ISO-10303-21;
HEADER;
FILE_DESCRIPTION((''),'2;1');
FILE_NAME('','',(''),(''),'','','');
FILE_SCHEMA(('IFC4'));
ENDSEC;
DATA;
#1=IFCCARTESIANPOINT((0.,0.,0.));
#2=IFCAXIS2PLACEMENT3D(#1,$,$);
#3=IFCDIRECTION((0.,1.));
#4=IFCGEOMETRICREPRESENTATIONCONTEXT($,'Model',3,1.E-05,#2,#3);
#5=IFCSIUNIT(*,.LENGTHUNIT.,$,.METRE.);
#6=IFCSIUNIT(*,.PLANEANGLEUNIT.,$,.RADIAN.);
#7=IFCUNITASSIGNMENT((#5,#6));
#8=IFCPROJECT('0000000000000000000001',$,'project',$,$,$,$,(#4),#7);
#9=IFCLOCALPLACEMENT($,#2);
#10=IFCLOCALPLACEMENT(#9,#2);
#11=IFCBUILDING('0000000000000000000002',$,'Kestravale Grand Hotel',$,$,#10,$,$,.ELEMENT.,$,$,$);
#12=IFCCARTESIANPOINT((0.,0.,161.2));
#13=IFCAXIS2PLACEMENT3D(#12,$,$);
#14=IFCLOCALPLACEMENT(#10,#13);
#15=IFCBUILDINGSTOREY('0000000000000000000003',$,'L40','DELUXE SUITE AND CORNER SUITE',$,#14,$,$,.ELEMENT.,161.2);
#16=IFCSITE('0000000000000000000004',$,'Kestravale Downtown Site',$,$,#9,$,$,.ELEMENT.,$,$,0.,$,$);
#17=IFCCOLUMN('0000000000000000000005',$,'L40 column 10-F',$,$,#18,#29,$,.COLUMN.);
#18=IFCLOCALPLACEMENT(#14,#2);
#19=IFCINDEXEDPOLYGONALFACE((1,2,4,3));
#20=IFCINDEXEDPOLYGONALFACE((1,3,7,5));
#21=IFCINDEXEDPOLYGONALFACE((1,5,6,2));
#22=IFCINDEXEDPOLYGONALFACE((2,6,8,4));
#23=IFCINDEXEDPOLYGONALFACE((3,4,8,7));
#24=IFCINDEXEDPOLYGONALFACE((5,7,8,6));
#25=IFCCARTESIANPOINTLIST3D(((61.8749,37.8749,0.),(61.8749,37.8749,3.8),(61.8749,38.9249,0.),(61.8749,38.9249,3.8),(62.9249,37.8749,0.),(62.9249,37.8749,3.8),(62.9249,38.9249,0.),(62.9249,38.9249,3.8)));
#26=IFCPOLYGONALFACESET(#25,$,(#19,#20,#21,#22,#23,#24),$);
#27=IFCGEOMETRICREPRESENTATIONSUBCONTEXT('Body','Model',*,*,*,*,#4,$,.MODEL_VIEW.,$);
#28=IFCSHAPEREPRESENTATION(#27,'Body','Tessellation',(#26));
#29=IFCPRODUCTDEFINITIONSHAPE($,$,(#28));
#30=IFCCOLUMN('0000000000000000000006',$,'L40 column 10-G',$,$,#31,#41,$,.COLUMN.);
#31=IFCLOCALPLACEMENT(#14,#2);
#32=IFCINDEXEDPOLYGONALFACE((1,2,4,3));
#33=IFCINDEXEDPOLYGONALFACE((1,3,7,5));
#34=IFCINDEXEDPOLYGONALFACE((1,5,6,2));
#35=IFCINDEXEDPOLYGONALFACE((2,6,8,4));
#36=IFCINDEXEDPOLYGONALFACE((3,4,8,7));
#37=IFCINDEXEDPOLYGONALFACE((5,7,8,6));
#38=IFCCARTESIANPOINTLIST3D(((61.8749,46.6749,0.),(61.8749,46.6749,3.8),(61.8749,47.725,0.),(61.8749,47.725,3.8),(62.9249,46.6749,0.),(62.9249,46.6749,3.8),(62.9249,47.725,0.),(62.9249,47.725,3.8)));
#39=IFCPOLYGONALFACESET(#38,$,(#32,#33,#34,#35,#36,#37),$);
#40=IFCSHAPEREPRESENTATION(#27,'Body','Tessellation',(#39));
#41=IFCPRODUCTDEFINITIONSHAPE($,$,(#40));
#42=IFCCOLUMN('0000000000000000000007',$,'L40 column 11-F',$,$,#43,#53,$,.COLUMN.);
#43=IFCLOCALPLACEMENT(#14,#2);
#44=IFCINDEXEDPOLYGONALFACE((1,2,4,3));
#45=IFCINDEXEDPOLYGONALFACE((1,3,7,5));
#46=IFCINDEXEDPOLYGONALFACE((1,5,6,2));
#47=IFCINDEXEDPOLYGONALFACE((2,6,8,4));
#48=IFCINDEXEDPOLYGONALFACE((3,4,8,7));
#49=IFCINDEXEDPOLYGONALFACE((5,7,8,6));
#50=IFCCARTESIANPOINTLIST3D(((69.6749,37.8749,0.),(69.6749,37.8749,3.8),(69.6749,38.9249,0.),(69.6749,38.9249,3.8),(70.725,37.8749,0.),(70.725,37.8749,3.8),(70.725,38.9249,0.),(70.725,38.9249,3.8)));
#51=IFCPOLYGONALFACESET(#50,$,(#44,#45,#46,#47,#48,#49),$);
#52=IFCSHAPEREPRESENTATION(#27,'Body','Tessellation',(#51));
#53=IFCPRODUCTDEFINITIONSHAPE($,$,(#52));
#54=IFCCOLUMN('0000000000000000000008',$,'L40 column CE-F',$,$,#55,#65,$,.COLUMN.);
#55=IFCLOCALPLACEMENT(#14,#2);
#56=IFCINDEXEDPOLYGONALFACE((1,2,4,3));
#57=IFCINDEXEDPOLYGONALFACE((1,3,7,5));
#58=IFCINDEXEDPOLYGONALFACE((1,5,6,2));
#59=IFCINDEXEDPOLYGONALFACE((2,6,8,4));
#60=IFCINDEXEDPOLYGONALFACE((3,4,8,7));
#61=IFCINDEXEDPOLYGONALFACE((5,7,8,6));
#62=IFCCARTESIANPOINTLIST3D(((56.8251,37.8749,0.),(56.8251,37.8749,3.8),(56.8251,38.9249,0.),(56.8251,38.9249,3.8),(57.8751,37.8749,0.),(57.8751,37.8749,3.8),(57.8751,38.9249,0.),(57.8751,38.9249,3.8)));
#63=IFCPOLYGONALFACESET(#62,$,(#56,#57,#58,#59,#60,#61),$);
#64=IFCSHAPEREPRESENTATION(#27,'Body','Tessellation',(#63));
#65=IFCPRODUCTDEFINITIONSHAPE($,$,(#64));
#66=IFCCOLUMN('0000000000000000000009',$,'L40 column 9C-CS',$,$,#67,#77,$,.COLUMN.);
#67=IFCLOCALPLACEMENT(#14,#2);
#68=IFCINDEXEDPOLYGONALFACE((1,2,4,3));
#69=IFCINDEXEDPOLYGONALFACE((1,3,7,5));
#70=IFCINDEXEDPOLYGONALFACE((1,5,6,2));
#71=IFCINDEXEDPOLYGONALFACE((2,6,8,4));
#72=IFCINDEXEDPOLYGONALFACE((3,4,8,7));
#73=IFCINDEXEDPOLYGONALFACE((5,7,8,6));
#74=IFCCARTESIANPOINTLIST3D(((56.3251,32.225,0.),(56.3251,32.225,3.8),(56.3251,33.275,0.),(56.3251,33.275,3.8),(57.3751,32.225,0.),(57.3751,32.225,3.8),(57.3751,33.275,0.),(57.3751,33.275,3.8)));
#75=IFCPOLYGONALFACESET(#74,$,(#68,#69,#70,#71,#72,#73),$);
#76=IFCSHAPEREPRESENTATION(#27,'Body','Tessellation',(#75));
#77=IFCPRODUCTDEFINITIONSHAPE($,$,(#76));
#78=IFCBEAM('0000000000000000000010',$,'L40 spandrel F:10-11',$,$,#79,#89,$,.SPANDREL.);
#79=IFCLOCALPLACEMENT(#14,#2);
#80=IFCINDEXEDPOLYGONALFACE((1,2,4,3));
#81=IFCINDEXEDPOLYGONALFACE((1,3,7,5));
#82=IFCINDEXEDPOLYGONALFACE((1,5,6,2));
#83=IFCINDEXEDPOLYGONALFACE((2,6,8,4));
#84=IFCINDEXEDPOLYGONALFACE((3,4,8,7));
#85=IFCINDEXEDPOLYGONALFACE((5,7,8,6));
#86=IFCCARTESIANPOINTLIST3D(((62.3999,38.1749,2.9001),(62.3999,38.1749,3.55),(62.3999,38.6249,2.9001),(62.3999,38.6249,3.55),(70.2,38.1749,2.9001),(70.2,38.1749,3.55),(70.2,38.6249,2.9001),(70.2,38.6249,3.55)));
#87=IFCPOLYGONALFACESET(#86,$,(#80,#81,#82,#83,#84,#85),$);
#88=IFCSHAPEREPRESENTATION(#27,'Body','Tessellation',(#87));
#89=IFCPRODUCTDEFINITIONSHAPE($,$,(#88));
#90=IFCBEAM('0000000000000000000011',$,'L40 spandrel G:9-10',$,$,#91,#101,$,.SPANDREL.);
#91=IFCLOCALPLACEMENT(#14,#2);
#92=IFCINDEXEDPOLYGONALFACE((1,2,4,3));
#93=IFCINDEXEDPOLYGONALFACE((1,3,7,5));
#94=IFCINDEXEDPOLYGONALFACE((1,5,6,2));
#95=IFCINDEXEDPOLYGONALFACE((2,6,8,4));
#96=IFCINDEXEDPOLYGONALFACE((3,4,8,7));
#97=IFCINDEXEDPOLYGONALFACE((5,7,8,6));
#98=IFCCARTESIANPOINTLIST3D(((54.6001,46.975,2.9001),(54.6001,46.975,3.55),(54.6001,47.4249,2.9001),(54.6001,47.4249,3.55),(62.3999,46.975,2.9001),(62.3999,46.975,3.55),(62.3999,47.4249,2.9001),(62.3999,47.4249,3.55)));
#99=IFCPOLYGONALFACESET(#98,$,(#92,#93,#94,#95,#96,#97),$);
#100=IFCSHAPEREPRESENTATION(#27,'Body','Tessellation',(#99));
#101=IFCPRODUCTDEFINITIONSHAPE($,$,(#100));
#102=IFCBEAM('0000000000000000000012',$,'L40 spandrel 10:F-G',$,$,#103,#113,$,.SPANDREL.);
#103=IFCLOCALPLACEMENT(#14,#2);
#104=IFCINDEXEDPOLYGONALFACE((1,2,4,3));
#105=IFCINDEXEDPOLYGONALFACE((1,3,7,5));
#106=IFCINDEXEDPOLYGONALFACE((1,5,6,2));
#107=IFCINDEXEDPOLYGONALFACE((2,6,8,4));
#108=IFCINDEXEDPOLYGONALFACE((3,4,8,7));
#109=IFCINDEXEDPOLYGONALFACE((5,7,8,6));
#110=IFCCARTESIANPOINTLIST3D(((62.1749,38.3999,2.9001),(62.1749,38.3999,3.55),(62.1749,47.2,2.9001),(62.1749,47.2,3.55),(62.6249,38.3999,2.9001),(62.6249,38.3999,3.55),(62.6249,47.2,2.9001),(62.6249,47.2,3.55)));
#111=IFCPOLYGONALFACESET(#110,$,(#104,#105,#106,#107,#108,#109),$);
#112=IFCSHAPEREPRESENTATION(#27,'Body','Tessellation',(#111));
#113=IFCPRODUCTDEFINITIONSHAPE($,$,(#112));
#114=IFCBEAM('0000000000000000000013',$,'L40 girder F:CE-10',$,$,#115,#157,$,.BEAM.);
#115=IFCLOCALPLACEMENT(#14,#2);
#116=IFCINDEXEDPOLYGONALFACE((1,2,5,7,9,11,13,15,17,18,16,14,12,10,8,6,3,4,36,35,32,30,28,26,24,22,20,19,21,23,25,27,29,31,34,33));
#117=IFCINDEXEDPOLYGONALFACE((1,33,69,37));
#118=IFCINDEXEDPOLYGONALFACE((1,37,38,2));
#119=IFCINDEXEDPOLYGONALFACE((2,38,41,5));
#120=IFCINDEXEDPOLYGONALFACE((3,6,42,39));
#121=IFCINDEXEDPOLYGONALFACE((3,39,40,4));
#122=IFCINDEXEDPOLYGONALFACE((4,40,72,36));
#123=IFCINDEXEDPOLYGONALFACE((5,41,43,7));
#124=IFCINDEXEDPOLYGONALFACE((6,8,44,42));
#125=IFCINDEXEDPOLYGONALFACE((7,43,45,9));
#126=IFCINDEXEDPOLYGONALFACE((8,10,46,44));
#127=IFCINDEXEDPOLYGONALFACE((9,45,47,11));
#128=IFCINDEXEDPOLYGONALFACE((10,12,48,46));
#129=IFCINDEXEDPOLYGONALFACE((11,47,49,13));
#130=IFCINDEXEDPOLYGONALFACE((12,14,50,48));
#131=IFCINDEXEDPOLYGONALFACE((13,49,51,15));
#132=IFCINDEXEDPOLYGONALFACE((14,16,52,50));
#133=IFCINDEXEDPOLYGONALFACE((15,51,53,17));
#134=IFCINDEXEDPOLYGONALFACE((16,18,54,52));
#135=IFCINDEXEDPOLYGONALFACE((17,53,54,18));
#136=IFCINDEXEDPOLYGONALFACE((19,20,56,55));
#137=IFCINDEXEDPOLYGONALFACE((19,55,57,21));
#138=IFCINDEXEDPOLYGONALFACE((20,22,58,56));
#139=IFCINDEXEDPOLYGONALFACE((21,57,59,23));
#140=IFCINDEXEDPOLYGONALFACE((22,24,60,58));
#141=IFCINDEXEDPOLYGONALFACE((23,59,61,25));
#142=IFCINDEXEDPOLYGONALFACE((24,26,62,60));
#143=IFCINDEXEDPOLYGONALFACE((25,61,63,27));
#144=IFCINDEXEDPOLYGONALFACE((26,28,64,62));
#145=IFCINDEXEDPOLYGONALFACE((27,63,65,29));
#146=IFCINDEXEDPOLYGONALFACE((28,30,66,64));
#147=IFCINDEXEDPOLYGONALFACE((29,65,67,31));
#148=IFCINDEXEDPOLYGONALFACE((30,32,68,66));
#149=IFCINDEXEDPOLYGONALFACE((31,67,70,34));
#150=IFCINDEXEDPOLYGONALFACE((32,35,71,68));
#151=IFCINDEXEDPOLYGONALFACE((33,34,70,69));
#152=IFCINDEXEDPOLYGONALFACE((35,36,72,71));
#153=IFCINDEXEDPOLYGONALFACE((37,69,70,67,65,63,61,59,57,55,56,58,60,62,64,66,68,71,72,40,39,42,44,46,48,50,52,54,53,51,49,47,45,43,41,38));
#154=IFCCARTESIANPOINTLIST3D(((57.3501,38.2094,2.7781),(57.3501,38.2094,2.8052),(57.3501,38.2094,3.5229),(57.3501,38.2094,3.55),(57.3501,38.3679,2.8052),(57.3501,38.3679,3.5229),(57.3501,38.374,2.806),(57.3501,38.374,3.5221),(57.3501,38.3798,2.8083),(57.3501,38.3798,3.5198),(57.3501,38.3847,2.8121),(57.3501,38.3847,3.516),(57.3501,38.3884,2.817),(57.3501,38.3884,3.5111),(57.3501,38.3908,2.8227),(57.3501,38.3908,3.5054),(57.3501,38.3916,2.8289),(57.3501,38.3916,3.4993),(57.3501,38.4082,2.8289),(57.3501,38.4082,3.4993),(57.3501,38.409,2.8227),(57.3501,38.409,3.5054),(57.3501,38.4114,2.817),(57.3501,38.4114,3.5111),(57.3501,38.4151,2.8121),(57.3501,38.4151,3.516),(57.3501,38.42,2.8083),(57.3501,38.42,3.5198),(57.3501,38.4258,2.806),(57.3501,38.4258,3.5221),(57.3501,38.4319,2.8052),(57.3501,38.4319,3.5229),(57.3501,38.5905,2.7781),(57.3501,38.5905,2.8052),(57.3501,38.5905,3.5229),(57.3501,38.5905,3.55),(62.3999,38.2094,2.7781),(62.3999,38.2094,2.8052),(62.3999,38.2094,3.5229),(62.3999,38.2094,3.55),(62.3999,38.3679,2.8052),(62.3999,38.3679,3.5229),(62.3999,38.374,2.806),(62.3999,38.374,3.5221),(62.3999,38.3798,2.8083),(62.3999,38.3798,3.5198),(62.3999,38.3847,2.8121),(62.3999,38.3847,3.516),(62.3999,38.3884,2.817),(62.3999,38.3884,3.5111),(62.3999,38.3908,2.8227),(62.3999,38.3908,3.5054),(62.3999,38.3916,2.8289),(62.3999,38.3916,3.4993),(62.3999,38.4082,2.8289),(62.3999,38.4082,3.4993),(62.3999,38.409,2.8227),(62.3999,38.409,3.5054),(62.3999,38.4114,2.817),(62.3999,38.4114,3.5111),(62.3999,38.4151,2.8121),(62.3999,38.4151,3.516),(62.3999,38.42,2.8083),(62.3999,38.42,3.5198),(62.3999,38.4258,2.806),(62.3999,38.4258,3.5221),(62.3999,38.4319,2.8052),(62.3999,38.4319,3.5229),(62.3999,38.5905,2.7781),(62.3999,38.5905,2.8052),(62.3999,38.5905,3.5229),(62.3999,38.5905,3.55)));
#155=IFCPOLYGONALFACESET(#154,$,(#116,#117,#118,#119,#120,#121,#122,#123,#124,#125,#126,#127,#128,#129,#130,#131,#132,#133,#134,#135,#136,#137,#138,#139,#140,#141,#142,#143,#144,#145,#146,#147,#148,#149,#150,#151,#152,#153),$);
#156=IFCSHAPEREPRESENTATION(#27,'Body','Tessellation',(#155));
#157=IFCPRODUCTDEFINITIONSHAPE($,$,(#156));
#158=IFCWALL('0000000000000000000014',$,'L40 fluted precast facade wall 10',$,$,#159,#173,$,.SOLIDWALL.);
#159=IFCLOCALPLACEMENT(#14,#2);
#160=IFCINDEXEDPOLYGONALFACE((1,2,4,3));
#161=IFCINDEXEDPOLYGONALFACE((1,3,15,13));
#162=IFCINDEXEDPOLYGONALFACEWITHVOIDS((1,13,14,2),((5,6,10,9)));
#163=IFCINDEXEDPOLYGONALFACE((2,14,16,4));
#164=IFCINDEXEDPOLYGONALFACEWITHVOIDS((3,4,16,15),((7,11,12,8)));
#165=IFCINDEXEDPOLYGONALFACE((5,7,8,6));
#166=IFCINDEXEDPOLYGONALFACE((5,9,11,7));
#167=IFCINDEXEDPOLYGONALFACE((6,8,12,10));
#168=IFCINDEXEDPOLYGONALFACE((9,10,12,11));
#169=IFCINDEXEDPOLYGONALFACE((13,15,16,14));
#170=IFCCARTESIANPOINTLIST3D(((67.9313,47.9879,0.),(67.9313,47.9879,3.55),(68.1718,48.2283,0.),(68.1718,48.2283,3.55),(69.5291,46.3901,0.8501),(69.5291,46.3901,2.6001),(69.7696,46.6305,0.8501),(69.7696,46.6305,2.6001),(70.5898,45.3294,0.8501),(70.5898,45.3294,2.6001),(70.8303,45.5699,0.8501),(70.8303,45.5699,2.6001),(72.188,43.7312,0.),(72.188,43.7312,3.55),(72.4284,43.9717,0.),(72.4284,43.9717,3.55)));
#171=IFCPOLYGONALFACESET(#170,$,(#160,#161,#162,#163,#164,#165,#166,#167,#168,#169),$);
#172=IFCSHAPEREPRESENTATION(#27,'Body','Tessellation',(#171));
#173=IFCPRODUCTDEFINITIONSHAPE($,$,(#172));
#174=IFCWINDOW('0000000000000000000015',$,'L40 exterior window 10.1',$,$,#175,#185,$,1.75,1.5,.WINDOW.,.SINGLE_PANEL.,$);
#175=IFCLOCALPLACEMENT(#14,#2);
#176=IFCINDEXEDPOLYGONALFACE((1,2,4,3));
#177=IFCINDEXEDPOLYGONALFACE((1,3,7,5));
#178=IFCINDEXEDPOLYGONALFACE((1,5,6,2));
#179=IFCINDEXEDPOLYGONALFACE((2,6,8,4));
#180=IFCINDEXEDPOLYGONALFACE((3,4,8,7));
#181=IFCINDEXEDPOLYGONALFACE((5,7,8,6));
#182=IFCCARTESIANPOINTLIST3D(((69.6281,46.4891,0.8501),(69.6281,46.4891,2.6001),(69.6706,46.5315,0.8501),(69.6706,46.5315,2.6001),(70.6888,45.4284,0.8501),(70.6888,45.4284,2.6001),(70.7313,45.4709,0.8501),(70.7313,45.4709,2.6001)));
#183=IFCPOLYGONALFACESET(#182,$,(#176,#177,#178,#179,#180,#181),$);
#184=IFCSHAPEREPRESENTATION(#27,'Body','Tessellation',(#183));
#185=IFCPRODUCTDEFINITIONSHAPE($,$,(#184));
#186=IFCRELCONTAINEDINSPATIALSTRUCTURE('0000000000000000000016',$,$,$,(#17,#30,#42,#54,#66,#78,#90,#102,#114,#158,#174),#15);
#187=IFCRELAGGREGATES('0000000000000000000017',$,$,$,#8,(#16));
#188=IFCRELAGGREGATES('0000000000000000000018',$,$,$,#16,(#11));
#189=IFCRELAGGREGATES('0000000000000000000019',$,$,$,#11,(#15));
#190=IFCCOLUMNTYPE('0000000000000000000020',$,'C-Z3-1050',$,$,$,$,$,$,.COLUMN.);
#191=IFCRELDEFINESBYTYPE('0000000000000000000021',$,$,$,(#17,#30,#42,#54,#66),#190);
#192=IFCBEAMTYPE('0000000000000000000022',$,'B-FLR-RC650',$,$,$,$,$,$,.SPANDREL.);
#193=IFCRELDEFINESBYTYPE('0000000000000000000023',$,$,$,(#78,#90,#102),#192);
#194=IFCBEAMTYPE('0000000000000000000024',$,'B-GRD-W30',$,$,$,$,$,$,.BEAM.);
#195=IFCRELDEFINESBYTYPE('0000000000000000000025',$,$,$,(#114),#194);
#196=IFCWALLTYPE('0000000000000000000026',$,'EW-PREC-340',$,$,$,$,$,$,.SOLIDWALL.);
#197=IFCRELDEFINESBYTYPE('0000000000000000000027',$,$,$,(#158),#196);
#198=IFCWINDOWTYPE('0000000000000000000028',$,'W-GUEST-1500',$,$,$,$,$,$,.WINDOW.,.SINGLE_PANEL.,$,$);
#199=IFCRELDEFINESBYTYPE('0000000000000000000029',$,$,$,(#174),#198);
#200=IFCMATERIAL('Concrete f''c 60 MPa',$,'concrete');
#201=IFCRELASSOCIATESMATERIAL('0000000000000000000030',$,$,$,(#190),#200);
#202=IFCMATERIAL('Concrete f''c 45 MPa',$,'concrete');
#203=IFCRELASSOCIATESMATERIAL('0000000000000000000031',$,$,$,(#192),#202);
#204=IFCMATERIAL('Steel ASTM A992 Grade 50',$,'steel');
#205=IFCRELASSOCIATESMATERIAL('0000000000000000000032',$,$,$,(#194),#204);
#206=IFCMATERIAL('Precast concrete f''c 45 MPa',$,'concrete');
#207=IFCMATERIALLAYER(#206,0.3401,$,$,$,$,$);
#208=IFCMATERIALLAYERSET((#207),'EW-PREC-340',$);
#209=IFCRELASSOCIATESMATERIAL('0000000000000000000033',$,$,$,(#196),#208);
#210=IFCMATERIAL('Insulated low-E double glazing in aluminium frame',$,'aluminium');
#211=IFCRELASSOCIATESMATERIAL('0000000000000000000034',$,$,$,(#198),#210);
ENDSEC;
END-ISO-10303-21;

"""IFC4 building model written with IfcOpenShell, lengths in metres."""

from ifc_helpers import new_model, si_unit, direction, frame, frame_2d, origin, origin_2d, place, context, subcontext, project, spatial, rectangle, i_section, extrude, material, layer, layer_set, material_profile, profile_set, type_object, element, fill, save


model = new_model("IFC4")

# Units and contexts
model_context = context("Model", 3, precision=1e-05, world=origin(), true_north=direction((0.0, 1.0)))
body_context = subcontext(model_context, "Body", "Model", "MODEL_VIEW")
ifc_project = project(units=[si_unit("LENGTHUNIT", "METRE"), si_unit("PLANEANGLEUNIT", "RADIAN")], contexts=[model_context])

# Site, building, storey
site_placement = place(None, origin())
site = spatial("IfcSite", under=ifc_project, at=site_placement, Name="Kestravale Downtown Site", CompositionType="ELEMENT", RefElevation=0.0)
building_placement = place(site_placement, origin())
building = spatial("IfcBuilding", under=site, at=building_placement, Name="Kestravale Grand Hotel", CompositionType="ELEMENT")
storey_placement = place(building_placement, frame((0.0, 0.0, 161.2)))
storey = spatial("IfcBuildingStorey", under=building, at=storey_placement, Name="L40", Description="DELUXE SUITE AND CORNER SUITE", CompositionType="ELEMENT", Elevation=161.2)

# Columns
ifc_material_1 = material(Name="Concrete f'c 60 MPa", Category="concrete")
ifc_material_profile_1 = material_profile(ifc_material_1, rectangle(XDim=1.05, YDim=1.05, at=origin_2d()))
ifc_profile_set_1 = profile_set([ifc_material_profile_1], Name="Concrete f'c 60 MPa")
column_type = type_object("IfcColumnType", Name="C-Z3-1050", PredefinedType="COLUMN", material=ifc_profile_set_1)
for number, where, z_axis, x_axis, name in (
    (1, (62.3999, 38.3999, 0.0), (0.0, 0.0, 1.0), (1.0, 0.0, 0.0), "L40 column 10-F"),
    (2, (62.3999, 47.2, 0.0), (0.0, 0.0, 1.0), (1.0, 0.0, 0.0), "L40 column 10-G"),
    (3, (70.2, 38.3999, 0.0), (0.0, 0.0, 1.0), (1.0, 0.0, 0.0), "L40 column 11-F"),
    (4, (57.3501, 38.3999, 0.0), (0.0, 0.0, 1.0), (1.0, 0.0, 0.0), "L40 column CE-F"),
    (5, (56.8501, 32.75, 0.0), (0.0, 0.0, 1.0), (1.0, 0.0, 0.0), "L40 column 9C-CS"),
):
    element("IfcColumn", number, at=place(storey_placement, frame(where, z_axis=z_axis, x_axis=x_axis)), inside=storey, type_object=column_type, Name=name, PredefinedType="COLUMN", context=body_context, shape_type="SweptSolid", body=[
        extrude(rectangle(XDim=1.05, YDim=1.05, at=origin_2d()), origin(), (0.0, 0.0, 1.0), 3.8),
    ])

# Beams
ifc_material_2 = material(Name="Concrete f'c 45 MPa", Category="concrete")
ifc_material_profile_2 = material_profile(ifc_material_2, rectangle(XDim=0.45, YDim=0.6499, at=origin_2d()))
ifc_profile_set_2 = profile_set([ifc_material_profile_2], Name="Concrete f'c 45 MPa")
beam_type_1 = type_object("IfcBeamType", Name="B-FLR-RC650", PredefinedType="SPANDREL", material=ifc_profile_set_2)
beam_1_placement = place(storey_placement, frame((62.3999, 38.3999, 3.2251), z_axis=(1.0, 0.0, 0.0), x_axis=(0.0, 1.0, 0.0)))
element("IfcBeam", 6, at=beam_1_placement, inside=storey, type_object=beam_type_1, Name="L40 spandrel F:10-11", PredefinedType="SPANDREL", context=body_context, shape_type="SweptSolid", body=[
    extrude(rectangle(XDim=0.45, YDim=0.6499, at=origin_2d()), origin(), (0.0, 0.0, 1.0), 7.8),
])
beam_2_placement = place(storey_placement, frame((54.6001, 47.2, 3.2251), z_axis=(1.0, 0.0, 0.0), x_axis=(0.0, 1.0, 0.0)))
element("IfcBeam", 7, at=beam_2_placement, inside=storey, type_object=beam_type_1, Name="L40 spandrel G:9-10", PredefinedType="SPANDREL", context=body_context, shape_type="SweptSolid", body=[
    extrude(rectangle(XDim=0.45, YDim=0.6499, at=origin_2d()), origin(), (0.0, 0.0, 1.0), 7.7998),
])
beam_3_placement = place(storey_placement, frame((62.3999, 38.3999, 3.2251), z_axis=(0.0, 1.0, 0.0), x_axis=(-1.0, 0.0, 0.0)))
element("IfcBeam", 8, at=beam_3_placement, inside=storey, type_object=beam_type_1, Name="L40 spandrel 10:F-G", PredefinedType="SPANDREL", context=body_context, shape_type="SweptSolid", body=[
    extrude(rectangle(XDim=0.45, YDim=0.6499, at=origin_2d()), origin(), (0.0, 0.0, 1.0), 8.8),
])
ifc_material_3 = material(Name="Steel ASTM A992 Grade 50", Category="steel")
ifc_material_profile_3 = material_profile(ifc_material_3, i_section(OverallWidth=0.3811, OverallDepth=0.772, WebThickness=0.0166, FlangeThickness=0.0271, FilletRadius=0.0237, at=origin_2d()))
ifc_profile_set_3 = profile_set([ifc_material_profile_3], Name="Steel ASTM A992 Grade 50")
beam_type_2 = type_object("IfcBeamType", Name="B-GRD-W30", PredefinedType="BEAM", material=ifc_profile_set_3)
beam_4_placement = place(storey_placement, frame((57.3501, 38.3999, 3.1641), z_axis=(1.0, 0.0, 0.0), x_axis=(0.0, 1.0, 0.0)))
element("IfcBeam", 9, at=beam_4_placement, inside=storey, type_object=beam_type_2, Name="L40 girder F:CE-10", PredefinedType="BEAM", context=body_context, shape_type="SweptSolid", body=[
    extrude(i_section(OverallWidth=0.3811, OverallDepth=0.772, WebThickness=0.0166, FlangeThickness=0.0271, FilletRadius=0.0237, at=origin_2d()), origin(), (0.0, 0.0, 1.0), 5.0498),
])

# Wall, opening, window
ifc_material_4 = material(Name="Precast concrete f'c 45 MPa", Category="concrete")
ifc_layer_1 = layer(ifc_material_4, 0.3401)
ifc_layer_set_1 = layer_set([ifc_layer_1], Name="EW-PREC-340")
wall_type_1 = type_object("IfcWallType", Name="EW-PREC-340", PredefinedType="SOLIDWALL", material=ifc_layer_set_1)
wall_1_placement = place(storey_placement, frame((72.3081, 43.8516, 0.0), z_axis=(0.0, 0.0, 1.0), x_axis=(-0.707107, 0.707107, 0.0)))
wall_1 = element("IfcWall", 10, at=wall_1_placement, inside=storey, type_object=wall_type_1, Name="L40 fluted precast facade wall 10", PredefinedType="SOLIDWALL", context=body_context, shape_type="SweptSolid", body=[
    extrude(rectangle(XDim=6.0198, YDim=0.3401, at=frame_2d((3.0098, 0.0))), origin(), (0.0, 0.0, 1.0), 3.55),
])
opening_1_placement = place(wall_1_placement, frame((2.26, 0.0, 0.8501)))
opening_1 = element("IfcOpeningElement", 11, at=opening_1_placement, cuts=wall_1, PredefinedType="OPENING", context=body_context, shape_type="SweptSolid", body=[
    extrude(rectangle(XDim=1.5, YDim=1.75, at=frame_2d((0.75, 0.875))), frame((0.0, 0.1799, 0.0), z_axis=(0.0, -1.0, 0.0), x_axis=(1.0, 0.0, 0.0)), (0.0, 0.0, 1.0), 0.3601),
])
ifc_material_5 = material(Name="Insulated low-E double glazing in aluminium frame", Category="aluminium")
window_type = type_object("IfcWindowType", Name="W-GUEST-1500", PartitioningType="SINGLE_PANEL", PredefinedType="WINDOW", material=ifc_material_5)
window_1_placement = place(opening_1_placement, origin())
window_1 = element("IfcWindow", 12, at=window_1_placement, inside=storey, type_object=window_type, Name="L40 exterior window 10.1", OverallHeight=1.75, OverallWidth=1.5, PartitioningType="SINGLE_PANEL", PredefinedType="WINDOW", context=body_context, shape_type="SweptSolid", body=[
    extrude(rectangle(XDim=1.5, YDim=1.75, at=frame_2d((0.75, 0.875))), frame((0.0, 0.03, 0.0), z_axis=(0.0, -1.0, 0.0), x_axis=(1.0, 0.0, 0.0)), (0.0, 0.0, 1.0), 0.0601),
])
fill(opening_1, window_1)

save(model, "model.ifc")
